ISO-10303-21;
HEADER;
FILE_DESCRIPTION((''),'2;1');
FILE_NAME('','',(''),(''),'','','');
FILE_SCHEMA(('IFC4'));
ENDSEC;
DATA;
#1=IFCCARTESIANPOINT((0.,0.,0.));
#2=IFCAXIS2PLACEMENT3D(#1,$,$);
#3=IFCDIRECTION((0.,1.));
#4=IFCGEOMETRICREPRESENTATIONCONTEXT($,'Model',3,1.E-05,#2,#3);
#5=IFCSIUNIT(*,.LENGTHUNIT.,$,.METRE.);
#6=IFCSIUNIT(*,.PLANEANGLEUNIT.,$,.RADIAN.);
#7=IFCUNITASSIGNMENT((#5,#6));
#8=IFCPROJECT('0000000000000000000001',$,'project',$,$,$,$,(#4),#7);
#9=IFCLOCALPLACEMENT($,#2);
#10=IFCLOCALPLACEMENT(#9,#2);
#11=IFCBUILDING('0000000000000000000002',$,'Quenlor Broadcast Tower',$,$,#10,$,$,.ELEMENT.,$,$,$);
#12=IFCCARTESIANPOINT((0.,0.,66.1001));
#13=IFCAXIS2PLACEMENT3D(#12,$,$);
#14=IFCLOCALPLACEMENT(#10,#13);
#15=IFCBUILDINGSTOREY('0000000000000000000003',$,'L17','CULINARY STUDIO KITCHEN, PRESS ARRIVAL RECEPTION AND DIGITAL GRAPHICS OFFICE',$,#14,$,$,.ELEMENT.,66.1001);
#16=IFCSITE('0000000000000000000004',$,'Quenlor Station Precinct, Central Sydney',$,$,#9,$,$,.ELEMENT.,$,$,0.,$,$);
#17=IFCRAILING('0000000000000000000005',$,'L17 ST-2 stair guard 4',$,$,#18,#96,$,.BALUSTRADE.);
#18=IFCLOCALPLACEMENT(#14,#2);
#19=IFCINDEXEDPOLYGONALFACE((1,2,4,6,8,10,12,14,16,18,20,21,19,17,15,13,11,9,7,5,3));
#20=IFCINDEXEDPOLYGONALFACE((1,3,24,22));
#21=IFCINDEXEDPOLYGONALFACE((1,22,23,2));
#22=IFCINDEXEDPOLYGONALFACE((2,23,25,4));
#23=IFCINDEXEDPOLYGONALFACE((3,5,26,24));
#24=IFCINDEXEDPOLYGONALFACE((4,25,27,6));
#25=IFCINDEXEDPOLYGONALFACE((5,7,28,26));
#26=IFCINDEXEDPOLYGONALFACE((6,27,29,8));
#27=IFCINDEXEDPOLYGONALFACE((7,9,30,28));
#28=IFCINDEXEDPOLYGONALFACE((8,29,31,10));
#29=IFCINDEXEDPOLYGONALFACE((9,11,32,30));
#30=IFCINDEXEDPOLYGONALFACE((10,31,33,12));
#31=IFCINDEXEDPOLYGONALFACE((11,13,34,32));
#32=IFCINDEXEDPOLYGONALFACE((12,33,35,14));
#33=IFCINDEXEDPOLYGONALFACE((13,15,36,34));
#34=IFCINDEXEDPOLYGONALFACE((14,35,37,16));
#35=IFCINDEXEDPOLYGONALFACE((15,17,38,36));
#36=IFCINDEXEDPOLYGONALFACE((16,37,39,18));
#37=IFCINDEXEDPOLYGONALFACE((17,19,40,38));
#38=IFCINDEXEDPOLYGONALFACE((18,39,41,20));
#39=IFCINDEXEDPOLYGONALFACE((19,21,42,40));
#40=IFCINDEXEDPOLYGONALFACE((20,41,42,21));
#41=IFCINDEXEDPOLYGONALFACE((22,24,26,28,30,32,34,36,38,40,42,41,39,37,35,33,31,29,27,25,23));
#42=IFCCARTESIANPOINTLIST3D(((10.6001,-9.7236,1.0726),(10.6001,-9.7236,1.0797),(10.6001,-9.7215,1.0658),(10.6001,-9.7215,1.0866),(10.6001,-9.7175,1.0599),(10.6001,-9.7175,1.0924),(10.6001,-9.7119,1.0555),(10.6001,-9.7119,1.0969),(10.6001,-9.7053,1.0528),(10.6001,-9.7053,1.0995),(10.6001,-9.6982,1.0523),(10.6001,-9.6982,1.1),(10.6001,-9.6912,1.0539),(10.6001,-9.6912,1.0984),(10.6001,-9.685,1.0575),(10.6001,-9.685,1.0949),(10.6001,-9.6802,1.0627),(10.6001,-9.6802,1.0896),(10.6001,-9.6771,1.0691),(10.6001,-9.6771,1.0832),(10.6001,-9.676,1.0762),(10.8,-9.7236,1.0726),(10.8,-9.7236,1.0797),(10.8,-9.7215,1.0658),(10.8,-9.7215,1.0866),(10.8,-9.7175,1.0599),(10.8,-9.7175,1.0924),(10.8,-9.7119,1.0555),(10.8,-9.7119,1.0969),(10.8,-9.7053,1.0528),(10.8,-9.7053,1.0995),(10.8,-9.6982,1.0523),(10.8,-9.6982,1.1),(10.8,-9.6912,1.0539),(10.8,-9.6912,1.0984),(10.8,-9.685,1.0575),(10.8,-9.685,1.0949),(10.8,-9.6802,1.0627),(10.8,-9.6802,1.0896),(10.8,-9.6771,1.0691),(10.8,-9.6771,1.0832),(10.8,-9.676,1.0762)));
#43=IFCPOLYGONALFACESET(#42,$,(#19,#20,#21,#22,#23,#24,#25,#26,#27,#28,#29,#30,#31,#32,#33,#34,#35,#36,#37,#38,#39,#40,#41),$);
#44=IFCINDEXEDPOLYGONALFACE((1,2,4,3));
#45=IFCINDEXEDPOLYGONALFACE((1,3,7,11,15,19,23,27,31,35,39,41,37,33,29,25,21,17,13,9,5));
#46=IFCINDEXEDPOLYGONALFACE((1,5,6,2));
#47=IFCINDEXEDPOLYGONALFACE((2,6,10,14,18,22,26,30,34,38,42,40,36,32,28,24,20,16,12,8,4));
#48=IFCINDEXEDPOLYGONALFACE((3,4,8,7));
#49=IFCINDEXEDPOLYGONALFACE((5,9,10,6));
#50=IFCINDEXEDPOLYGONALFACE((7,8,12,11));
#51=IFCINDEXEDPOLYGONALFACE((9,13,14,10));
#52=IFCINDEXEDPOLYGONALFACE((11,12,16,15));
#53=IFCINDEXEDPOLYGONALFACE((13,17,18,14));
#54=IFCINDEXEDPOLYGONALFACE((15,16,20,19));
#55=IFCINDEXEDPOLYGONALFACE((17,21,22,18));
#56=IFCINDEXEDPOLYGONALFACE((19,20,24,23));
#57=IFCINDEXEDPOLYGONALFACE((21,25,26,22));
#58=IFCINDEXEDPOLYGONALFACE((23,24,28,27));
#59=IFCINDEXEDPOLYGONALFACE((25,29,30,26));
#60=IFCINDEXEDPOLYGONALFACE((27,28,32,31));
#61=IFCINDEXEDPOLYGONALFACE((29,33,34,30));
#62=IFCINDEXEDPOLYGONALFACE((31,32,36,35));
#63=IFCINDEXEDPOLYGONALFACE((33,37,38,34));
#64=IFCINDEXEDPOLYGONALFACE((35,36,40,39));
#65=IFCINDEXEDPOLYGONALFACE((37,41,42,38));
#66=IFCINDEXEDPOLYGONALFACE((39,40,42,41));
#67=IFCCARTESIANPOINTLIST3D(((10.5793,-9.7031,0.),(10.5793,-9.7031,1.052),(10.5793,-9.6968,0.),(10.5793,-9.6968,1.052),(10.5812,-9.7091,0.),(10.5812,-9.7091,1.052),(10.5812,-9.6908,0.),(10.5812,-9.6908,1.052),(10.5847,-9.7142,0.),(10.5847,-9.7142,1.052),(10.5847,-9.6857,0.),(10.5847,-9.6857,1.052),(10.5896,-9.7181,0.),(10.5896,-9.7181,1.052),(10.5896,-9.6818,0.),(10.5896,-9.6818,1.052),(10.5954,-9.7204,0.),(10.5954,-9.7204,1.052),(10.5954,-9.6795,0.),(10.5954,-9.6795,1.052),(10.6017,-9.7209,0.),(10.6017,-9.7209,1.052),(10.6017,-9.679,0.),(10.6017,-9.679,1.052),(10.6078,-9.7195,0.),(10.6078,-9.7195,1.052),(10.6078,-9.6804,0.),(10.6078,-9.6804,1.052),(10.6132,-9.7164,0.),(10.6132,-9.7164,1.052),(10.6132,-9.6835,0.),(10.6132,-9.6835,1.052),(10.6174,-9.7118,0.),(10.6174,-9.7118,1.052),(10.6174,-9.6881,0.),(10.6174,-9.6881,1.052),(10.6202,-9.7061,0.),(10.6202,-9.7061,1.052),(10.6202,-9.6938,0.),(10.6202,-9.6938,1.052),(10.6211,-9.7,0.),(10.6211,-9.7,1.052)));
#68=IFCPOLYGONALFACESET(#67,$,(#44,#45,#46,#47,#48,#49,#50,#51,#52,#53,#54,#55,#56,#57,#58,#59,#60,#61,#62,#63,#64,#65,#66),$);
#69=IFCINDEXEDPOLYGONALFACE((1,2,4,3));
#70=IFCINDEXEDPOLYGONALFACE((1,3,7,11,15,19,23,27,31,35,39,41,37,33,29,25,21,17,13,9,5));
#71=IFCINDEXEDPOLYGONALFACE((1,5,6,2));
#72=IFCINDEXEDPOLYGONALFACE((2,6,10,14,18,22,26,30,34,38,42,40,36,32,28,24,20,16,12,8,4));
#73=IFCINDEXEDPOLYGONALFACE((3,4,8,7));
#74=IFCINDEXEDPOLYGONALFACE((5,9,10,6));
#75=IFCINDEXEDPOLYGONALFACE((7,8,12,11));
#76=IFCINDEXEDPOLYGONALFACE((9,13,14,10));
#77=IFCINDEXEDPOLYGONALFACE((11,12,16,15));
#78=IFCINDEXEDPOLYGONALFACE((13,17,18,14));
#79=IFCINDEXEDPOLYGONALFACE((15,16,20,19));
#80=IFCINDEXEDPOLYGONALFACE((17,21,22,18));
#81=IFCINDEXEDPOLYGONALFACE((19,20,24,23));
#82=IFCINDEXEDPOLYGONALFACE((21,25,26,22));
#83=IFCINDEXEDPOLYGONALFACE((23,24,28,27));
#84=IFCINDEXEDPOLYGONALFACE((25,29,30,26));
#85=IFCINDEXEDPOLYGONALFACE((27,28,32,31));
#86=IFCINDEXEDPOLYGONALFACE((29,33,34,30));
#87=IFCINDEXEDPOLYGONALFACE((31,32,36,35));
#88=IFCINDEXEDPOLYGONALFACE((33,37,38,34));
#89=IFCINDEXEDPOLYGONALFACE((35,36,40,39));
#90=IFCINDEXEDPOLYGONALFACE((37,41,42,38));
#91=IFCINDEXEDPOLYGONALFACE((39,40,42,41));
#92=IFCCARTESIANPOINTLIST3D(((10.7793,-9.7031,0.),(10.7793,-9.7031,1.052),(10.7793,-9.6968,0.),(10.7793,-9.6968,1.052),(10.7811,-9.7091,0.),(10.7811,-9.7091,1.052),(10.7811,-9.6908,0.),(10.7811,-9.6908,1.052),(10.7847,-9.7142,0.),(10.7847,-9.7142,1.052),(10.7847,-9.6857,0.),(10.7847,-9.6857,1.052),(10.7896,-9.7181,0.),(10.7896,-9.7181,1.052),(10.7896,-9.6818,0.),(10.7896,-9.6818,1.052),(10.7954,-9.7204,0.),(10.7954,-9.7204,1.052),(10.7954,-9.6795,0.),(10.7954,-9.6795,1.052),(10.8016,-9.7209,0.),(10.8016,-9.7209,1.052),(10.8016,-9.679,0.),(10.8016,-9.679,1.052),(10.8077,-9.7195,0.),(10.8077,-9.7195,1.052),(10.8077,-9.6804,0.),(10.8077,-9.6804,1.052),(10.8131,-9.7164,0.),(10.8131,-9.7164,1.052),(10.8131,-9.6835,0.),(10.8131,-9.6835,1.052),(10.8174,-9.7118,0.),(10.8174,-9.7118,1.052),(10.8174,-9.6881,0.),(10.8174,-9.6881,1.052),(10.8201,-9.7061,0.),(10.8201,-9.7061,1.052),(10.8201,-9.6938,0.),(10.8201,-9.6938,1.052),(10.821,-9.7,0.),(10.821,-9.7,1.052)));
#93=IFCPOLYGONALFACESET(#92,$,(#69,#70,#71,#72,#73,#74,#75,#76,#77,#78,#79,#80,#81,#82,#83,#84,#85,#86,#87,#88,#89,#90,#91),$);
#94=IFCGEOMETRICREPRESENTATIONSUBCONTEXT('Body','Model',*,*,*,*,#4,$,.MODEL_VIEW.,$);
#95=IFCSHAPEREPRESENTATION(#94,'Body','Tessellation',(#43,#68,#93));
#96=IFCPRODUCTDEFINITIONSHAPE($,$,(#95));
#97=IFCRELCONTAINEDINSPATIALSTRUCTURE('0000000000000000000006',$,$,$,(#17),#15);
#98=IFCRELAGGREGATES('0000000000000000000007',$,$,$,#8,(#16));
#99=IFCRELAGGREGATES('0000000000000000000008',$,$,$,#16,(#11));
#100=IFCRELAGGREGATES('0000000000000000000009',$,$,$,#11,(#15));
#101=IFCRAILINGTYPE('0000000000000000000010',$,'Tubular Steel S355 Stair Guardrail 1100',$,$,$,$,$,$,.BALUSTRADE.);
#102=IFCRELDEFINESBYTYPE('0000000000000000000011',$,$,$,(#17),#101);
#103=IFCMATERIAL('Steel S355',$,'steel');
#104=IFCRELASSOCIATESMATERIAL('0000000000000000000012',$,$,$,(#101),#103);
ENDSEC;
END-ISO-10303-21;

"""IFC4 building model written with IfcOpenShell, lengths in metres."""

from ifc_helpers import new_model, si_unit, direction, frame, origin, origin_2d, place, context, subcontext, project, spatial, circle, extrude, material, type_object, element, save


model = new_model("IFC4")

# Units and contexts
model_context = context("Model", 3, precision=1e-05, world=origin(), true_north=direction((0.0, 1.0)))
body_context = subcontext(model_context, "Body", "Model", "MODEL_VIEW")
ifc_project = project(units=[si_unit("LENGTHUNIT", "METRE"), si_unit("PLANEANGLEUNIT", "RADIAN")], contexts=[model_context])

# Site, building, storey
site_placement = place(None, origin())
site = spatial("IfcSite", under=ifc_project, at=site_placement, Name="Quenlor Station Precinct, Central Sydney", CompositionType="ELEMENT", RefElevation=0.0)
building_placement = place(site_placement, origin())
building = spatial("IfcBuilding", under=site, at=building_placement, Name="Quenlor Broadcast Tower", CompositionType="ELEMENT")
storey_placement = place(building_placement, frame((0.0, 0.0, 66.1001)))
storey = spatial("IfcBuildingStorey", under=building, at=storey_placement, Name="L17", Description="CULINARY STUDIO KITCHEN, PRESS ARRIVAL RECEPTION AND DIGITAL GRAPHICS OFFICE", CompositionType="ELEMENT", Elevation=66.1001)

# Railing
ifc_material_1 = material(Name="Steel S355", Category="steel")
railing_type_1 = type_object("IfcRailingType", Name="Tubular Steel S355 Stair Guardrail 1100", PredefinedType="BALUSTRADE", material=ifc_material_1)
railing_1_placement = place(storey_placement, frame((10.6001, -9.7, 0.0)))
element("IfcRailing", 1, at=railing_1_placement, inside=storey, type_object=railing_type_1, Name="L17 ST-2 stair guard 4", PredefinedType="BALUSTRADE", context=body_context, shape_type="SweptSolid", body=[
    extrude(circle(Radius=0.0239, at=origin_2d()), frame((0.0, 0.0, 1.0762), z_axis=(1.0, 0.0, 0.0), x_axis=(0.0, 1.0, 0.0)), (0.0, 0.0, 1.0), 0.2),
    extrude(circle(Radius=0.021, at=origin_2d()), origin(), (0.0, 0.0, 1.0), 1.052),
    extrude(circle(Radius=0.021, at=origin_2d()), frame((0.2, 0.0, 0.0)), (0.0, 0.0, 1.0), 1.052),
])

save(model, "model.ifc")
